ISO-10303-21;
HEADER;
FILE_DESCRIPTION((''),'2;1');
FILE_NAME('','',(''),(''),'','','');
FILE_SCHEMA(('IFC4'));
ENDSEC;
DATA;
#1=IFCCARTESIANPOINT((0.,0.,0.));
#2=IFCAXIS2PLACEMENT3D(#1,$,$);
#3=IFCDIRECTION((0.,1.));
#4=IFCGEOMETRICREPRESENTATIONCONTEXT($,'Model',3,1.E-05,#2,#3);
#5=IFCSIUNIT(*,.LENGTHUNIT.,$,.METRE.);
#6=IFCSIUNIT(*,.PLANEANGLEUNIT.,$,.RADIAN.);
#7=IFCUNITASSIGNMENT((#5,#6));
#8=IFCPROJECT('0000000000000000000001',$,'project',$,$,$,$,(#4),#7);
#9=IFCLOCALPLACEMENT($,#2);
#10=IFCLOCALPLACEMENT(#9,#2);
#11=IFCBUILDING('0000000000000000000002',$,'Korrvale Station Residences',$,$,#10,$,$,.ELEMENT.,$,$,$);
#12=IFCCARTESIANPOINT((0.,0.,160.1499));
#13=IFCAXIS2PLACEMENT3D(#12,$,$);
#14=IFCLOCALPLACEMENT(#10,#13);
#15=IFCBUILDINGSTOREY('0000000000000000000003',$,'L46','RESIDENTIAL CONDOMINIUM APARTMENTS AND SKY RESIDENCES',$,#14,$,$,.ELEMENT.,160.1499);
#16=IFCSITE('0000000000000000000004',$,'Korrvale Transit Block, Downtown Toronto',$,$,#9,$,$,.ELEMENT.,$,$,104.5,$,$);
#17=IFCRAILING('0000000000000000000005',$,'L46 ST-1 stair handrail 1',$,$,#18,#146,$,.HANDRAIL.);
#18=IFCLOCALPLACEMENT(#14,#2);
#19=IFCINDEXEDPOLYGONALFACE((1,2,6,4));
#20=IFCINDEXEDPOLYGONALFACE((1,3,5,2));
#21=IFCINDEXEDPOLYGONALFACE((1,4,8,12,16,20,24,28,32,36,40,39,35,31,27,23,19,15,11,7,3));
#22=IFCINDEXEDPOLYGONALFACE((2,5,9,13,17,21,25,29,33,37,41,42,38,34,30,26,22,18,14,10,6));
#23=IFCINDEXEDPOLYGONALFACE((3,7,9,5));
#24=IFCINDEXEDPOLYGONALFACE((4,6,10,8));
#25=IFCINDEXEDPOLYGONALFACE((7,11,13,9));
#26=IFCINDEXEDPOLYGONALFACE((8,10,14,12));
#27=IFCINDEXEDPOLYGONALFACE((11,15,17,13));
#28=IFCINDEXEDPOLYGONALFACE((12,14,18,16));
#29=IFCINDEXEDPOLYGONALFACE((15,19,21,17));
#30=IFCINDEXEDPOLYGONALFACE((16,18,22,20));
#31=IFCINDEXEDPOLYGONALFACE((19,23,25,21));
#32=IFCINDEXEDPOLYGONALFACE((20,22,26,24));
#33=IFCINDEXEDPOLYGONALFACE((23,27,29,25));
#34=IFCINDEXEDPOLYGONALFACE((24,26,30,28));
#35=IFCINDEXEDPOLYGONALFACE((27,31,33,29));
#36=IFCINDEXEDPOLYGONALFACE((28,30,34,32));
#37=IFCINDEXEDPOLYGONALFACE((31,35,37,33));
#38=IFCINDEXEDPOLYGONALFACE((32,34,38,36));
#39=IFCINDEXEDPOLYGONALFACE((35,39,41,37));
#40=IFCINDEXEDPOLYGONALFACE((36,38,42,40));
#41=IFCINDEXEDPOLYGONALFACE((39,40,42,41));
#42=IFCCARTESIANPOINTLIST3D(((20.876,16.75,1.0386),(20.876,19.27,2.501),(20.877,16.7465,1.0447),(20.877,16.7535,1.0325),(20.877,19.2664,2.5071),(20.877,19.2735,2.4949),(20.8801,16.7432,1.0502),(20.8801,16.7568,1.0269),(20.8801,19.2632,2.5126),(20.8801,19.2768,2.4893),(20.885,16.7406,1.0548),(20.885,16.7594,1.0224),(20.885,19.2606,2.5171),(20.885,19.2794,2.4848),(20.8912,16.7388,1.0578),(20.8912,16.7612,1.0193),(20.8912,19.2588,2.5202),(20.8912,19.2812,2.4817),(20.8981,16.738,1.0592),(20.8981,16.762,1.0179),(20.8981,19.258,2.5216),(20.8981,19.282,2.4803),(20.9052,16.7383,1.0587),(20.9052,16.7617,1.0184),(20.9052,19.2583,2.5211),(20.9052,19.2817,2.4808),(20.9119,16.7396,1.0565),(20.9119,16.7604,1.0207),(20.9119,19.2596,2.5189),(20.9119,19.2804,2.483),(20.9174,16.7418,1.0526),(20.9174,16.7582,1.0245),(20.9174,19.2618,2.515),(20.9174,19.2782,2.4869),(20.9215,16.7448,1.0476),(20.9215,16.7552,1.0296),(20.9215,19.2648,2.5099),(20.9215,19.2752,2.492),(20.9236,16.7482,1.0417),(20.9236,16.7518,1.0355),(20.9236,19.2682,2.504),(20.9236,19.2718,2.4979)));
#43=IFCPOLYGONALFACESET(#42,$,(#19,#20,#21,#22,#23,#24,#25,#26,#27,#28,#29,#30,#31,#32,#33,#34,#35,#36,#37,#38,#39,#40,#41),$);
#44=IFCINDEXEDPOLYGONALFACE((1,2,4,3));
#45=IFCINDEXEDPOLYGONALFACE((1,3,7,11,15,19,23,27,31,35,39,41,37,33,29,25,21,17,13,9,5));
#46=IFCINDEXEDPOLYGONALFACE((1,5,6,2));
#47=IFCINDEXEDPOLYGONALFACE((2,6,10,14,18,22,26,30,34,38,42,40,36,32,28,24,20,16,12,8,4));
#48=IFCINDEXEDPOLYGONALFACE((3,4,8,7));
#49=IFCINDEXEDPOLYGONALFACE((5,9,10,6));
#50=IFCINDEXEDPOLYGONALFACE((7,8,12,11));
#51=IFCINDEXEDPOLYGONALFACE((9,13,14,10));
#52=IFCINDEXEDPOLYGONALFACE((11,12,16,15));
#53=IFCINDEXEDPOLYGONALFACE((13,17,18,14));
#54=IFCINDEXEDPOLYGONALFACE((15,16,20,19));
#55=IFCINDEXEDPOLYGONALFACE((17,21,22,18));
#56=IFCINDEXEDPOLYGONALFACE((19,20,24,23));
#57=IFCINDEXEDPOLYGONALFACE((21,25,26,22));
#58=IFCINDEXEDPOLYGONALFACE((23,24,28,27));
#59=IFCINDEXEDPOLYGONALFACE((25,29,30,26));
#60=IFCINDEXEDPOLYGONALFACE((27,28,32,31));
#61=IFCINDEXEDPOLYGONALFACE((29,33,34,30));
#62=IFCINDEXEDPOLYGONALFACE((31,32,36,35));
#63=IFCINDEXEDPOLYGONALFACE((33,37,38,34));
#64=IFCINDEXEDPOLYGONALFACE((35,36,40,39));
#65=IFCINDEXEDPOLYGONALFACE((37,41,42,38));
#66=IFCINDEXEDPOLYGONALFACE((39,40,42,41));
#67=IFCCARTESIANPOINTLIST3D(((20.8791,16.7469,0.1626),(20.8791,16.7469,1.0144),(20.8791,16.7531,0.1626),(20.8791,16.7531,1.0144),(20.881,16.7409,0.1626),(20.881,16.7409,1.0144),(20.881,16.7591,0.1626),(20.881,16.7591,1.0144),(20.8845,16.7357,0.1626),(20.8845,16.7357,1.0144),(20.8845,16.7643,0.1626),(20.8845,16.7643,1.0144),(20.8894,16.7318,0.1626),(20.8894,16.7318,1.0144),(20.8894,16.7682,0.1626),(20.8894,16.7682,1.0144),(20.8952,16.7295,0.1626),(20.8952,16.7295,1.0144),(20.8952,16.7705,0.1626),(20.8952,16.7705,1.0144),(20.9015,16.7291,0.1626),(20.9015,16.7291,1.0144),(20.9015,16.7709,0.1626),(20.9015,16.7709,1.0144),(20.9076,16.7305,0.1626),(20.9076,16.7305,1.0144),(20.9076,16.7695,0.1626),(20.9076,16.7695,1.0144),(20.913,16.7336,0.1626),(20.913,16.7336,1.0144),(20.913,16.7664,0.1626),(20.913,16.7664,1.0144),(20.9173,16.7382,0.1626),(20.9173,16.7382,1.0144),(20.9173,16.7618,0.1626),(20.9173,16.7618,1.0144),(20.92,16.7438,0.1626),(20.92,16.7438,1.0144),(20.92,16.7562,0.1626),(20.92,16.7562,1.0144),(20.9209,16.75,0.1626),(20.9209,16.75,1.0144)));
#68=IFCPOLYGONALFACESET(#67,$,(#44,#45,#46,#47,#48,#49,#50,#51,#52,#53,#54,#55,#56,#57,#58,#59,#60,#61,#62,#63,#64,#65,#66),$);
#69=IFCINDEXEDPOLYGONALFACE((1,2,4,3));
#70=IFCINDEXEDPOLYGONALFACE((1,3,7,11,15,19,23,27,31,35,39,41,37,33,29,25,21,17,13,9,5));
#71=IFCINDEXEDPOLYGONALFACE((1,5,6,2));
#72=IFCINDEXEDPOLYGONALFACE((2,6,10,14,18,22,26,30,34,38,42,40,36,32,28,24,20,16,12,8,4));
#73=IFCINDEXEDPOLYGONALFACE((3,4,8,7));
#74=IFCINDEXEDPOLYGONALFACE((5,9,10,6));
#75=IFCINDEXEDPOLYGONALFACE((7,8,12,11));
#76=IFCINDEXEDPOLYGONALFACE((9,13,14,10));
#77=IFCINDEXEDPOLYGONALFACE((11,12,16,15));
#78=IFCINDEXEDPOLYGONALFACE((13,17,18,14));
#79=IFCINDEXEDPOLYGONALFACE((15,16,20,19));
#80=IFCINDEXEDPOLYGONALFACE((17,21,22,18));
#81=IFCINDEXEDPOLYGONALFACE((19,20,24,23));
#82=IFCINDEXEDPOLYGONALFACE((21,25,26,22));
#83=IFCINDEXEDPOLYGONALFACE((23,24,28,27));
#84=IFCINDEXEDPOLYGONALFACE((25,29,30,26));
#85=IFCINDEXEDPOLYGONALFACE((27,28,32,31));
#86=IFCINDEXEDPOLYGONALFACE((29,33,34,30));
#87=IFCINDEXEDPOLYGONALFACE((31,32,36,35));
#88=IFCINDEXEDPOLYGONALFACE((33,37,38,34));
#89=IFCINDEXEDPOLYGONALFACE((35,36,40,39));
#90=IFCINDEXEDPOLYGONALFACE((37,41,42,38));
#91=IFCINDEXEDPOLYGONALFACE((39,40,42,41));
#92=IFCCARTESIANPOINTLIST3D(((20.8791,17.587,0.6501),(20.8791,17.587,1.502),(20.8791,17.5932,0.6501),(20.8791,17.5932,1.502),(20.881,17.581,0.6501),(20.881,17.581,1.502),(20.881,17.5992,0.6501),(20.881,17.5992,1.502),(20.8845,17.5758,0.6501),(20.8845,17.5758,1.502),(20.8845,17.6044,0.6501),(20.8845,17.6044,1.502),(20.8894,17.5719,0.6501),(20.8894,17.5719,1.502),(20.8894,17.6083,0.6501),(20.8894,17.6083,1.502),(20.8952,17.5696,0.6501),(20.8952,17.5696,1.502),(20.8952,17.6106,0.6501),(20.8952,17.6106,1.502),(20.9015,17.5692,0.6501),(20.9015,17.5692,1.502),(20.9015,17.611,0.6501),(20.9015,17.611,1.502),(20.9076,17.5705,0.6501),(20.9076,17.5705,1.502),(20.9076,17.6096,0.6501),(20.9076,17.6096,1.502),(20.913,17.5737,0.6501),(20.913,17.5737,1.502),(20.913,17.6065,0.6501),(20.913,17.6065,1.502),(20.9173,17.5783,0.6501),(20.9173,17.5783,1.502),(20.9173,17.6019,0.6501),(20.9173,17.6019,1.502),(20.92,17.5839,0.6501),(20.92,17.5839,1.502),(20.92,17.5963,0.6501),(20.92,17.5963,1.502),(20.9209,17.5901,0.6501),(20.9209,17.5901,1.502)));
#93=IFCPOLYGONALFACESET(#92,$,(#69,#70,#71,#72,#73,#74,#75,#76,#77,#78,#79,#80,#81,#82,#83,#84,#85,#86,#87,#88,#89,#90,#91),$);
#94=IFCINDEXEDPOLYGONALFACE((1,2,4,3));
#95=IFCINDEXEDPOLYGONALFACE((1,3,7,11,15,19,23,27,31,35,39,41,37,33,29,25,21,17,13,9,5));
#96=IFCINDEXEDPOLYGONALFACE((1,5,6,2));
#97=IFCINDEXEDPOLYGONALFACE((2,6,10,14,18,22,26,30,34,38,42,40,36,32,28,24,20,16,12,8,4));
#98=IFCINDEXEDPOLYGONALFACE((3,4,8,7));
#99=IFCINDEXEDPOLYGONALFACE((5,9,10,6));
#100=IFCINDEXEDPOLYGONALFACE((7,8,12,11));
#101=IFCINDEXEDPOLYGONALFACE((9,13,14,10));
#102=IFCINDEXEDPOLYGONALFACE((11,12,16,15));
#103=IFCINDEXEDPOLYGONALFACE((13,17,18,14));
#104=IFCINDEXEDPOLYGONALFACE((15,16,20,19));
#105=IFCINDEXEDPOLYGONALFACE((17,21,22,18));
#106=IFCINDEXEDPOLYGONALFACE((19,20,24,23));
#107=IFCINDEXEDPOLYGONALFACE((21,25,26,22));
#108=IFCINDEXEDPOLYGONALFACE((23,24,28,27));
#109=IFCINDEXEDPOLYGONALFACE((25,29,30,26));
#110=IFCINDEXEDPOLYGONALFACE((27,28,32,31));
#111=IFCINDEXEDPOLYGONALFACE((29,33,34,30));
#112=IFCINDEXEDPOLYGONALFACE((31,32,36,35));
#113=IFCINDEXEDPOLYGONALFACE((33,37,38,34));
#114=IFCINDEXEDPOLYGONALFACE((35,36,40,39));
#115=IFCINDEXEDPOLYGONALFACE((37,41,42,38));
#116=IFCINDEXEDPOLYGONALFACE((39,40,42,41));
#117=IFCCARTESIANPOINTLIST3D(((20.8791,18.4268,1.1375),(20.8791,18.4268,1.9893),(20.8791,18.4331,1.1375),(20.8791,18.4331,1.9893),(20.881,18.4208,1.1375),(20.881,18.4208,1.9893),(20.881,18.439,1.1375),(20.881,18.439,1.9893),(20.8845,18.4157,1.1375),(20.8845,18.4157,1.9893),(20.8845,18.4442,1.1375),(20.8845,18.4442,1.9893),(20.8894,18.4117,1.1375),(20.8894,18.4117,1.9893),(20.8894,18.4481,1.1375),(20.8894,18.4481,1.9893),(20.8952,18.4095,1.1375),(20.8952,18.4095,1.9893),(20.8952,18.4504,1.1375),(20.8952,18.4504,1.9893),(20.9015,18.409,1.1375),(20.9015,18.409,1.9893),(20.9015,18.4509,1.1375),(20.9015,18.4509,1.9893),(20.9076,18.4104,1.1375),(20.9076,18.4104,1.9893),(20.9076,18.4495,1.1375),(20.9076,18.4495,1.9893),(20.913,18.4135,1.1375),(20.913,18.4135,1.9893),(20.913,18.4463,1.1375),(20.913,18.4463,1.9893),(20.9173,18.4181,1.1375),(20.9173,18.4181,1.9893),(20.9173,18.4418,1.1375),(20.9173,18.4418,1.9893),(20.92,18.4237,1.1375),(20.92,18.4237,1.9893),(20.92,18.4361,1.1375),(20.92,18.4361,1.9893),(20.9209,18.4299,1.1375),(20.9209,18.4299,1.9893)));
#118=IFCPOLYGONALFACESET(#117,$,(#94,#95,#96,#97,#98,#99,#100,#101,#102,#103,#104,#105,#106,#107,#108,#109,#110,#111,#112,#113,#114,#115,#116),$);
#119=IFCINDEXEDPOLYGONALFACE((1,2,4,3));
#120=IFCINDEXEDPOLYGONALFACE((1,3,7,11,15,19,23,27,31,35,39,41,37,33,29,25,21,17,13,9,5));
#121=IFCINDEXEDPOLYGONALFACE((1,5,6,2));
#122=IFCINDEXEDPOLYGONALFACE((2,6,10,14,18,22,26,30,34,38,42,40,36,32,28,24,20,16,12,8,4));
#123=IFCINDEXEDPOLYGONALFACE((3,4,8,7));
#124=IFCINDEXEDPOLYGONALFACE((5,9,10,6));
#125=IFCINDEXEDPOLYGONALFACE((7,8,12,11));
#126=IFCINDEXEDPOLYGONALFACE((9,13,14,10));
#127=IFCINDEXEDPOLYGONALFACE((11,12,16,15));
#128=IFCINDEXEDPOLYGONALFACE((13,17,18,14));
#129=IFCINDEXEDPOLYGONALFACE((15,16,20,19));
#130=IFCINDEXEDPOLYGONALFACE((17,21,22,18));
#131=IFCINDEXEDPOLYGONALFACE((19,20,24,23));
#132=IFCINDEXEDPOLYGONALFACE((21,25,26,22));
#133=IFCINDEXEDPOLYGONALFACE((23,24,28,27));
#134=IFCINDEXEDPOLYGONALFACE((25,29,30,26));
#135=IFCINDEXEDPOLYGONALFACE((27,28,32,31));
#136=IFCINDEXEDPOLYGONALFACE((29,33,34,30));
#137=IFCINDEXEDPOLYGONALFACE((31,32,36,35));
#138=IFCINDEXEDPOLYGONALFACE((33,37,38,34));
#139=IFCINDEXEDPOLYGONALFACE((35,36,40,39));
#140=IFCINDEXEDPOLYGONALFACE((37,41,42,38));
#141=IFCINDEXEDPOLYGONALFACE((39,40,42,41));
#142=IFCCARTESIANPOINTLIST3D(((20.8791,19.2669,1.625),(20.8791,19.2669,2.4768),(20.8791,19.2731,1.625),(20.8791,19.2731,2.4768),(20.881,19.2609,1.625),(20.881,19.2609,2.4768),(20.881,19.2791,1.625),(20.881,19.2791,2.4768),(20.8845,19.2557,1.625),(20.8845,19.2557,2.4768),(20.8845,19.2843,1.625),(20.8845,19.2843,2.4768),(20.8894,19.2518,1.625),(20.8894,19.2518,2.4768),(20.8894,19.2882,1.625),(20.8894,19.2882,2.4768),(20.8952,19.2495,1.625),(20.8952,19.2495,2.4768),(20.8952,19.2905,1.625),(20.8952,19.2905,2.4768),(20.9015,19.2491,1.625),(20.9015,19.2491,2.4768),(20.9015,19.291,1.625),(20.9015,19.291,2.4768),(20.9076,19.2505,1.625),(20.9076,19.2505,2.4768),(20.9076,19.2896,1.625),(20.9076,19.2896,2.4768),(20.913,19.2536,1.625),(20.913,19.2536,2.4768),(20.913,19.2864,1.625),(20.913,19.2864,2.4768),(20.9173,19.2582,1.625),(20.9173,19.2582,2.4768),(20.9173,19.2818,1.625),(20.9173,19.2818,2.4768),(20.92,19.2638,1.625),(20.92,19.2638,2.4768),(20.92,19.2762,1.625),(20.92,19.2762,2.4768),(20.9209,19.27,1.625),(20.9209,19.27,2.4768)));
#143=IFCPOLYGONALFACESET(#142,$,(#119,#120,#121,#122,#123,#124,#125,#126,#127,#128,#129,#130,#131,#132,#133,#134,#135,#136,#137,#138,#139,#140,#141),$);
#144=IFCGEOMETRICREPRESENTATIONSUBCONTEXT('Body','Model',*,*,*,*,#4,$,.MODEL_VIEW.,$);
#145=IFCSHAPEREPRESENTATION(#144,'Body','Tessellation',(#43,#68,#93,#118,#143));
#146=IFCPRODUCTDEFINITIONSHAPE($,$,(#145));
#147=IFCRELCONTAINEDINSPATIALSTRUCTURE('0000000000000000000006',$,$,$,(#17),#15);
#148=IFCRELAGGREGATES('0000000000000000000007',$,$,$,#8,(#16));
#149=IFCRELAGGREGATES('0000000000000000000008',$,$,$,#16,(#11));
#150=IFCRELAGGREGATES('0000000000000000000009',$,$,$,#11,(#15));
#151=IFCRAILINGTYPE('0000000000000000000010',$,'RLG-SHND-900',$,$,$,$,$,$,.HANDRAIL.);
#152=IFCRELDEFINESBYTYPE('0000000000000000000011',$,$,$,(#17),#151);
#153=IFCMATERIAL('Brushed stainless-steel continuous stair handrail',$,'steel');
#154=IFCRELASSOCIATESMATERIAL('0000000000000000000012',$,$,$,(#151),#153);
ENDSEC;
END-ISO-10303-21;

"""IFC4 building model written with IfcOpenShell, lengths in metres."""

from ifc_helpers import new_model, si_unit, direction, frame, origin, origin_2d, place, context, subcontext, project, spatial, circle, extrude, material, type_object, element, save


model = new_model("IFC4")

# Units and contexts
model_context = context("Model", 3, precision=1e-05, world=origin(), true_north=direction((0.0, 1.0)))
body_context = subcontext(model_context, "Body", "Model", "MODEL_VIEW")
ifc_project = project(units=[si_unit("LENGTHUNIT", "METRE"), si_unit("PLANEANGLEUNIT", "RADIAN")], contexts=[model_context])

# Site, building, storey
site_placement = place(None, origin())
site = spatial("IfcSite", under=ifc_project, at=site_placement, Name="Korrvale Transit Block, Downtown Toronto", CompositionType="ELEMENT", RefElevation=104.5)
building_placement = place(site_placement, origin())
building = spatial("IfcBuilding", under=site, at=building_placement, Name="Korrvale Station Residences", CompositionType="ELEMENT")
storey_placement = place(building_placement, frame((0.0, 0.0, 160.1499)))
storey = spatial("IfcBuildingStorey", under=building, at=storey_placement, Name="L46", Description="RESIDENTIAL CONDOMINIUM APARTMENTS AND SKY RESIDENCES", CompositionType="ELEMENT", Elevation=160.1499)

# Railing
ifc_material_1 = material(Name="Brushed stainless-steel continuous stair handrail", Category="steel")
railing_type_1 = type_object("IfcRailingType", Name="RLG-SHND-900", PredefinedType="HANDRAIL", material=ifc_material_1)
railing_1_placement = place(storey_placement, frame((20.8999, 16.75, 0.1626)))
element("IfcRailing", 1, at=railing_1_placement, inside=storey, type_object=railing_type_1, Name="L46 ST-1 stair handrail 1", PredefinedType="HANDRAIL", context=body_context, shape_type="SweptSolid", body=[
    extrude(circle(Radius=0.0239, at=origin_2d()), frame((0.0, 0.0, 0.876), z_axis=(0.0, 0.864913, 0.501921), x_axis=(-1.0, 0.0, 0.0)), (0.0, 0.0, 1.0), 2.9136),
    extrude(circle(Radius=0.021, at=origin_2d()), origin(), (0.0, 0.0, 1.0), 0.8518),
    extrude(circle(Radius=0.021, at=origin_2d()), frame((0.0, 0.8401, 0.4875)), (0.0, 0.0, 1.0), 0.8518),
    extrude(circle(Radius=0.021, at=origin_2d()), frame((0.0, 1.6799, 0.9749)), (0.0, 0.0, 1.0), 0.8518),
    extrude(circle(Radius=0.021, at=origin_2d()), frame((0.0, 2.52, 1.4624)), (0.0, 0.0, 1.0), 0.8518),
])

save(model, "model.ifc")
